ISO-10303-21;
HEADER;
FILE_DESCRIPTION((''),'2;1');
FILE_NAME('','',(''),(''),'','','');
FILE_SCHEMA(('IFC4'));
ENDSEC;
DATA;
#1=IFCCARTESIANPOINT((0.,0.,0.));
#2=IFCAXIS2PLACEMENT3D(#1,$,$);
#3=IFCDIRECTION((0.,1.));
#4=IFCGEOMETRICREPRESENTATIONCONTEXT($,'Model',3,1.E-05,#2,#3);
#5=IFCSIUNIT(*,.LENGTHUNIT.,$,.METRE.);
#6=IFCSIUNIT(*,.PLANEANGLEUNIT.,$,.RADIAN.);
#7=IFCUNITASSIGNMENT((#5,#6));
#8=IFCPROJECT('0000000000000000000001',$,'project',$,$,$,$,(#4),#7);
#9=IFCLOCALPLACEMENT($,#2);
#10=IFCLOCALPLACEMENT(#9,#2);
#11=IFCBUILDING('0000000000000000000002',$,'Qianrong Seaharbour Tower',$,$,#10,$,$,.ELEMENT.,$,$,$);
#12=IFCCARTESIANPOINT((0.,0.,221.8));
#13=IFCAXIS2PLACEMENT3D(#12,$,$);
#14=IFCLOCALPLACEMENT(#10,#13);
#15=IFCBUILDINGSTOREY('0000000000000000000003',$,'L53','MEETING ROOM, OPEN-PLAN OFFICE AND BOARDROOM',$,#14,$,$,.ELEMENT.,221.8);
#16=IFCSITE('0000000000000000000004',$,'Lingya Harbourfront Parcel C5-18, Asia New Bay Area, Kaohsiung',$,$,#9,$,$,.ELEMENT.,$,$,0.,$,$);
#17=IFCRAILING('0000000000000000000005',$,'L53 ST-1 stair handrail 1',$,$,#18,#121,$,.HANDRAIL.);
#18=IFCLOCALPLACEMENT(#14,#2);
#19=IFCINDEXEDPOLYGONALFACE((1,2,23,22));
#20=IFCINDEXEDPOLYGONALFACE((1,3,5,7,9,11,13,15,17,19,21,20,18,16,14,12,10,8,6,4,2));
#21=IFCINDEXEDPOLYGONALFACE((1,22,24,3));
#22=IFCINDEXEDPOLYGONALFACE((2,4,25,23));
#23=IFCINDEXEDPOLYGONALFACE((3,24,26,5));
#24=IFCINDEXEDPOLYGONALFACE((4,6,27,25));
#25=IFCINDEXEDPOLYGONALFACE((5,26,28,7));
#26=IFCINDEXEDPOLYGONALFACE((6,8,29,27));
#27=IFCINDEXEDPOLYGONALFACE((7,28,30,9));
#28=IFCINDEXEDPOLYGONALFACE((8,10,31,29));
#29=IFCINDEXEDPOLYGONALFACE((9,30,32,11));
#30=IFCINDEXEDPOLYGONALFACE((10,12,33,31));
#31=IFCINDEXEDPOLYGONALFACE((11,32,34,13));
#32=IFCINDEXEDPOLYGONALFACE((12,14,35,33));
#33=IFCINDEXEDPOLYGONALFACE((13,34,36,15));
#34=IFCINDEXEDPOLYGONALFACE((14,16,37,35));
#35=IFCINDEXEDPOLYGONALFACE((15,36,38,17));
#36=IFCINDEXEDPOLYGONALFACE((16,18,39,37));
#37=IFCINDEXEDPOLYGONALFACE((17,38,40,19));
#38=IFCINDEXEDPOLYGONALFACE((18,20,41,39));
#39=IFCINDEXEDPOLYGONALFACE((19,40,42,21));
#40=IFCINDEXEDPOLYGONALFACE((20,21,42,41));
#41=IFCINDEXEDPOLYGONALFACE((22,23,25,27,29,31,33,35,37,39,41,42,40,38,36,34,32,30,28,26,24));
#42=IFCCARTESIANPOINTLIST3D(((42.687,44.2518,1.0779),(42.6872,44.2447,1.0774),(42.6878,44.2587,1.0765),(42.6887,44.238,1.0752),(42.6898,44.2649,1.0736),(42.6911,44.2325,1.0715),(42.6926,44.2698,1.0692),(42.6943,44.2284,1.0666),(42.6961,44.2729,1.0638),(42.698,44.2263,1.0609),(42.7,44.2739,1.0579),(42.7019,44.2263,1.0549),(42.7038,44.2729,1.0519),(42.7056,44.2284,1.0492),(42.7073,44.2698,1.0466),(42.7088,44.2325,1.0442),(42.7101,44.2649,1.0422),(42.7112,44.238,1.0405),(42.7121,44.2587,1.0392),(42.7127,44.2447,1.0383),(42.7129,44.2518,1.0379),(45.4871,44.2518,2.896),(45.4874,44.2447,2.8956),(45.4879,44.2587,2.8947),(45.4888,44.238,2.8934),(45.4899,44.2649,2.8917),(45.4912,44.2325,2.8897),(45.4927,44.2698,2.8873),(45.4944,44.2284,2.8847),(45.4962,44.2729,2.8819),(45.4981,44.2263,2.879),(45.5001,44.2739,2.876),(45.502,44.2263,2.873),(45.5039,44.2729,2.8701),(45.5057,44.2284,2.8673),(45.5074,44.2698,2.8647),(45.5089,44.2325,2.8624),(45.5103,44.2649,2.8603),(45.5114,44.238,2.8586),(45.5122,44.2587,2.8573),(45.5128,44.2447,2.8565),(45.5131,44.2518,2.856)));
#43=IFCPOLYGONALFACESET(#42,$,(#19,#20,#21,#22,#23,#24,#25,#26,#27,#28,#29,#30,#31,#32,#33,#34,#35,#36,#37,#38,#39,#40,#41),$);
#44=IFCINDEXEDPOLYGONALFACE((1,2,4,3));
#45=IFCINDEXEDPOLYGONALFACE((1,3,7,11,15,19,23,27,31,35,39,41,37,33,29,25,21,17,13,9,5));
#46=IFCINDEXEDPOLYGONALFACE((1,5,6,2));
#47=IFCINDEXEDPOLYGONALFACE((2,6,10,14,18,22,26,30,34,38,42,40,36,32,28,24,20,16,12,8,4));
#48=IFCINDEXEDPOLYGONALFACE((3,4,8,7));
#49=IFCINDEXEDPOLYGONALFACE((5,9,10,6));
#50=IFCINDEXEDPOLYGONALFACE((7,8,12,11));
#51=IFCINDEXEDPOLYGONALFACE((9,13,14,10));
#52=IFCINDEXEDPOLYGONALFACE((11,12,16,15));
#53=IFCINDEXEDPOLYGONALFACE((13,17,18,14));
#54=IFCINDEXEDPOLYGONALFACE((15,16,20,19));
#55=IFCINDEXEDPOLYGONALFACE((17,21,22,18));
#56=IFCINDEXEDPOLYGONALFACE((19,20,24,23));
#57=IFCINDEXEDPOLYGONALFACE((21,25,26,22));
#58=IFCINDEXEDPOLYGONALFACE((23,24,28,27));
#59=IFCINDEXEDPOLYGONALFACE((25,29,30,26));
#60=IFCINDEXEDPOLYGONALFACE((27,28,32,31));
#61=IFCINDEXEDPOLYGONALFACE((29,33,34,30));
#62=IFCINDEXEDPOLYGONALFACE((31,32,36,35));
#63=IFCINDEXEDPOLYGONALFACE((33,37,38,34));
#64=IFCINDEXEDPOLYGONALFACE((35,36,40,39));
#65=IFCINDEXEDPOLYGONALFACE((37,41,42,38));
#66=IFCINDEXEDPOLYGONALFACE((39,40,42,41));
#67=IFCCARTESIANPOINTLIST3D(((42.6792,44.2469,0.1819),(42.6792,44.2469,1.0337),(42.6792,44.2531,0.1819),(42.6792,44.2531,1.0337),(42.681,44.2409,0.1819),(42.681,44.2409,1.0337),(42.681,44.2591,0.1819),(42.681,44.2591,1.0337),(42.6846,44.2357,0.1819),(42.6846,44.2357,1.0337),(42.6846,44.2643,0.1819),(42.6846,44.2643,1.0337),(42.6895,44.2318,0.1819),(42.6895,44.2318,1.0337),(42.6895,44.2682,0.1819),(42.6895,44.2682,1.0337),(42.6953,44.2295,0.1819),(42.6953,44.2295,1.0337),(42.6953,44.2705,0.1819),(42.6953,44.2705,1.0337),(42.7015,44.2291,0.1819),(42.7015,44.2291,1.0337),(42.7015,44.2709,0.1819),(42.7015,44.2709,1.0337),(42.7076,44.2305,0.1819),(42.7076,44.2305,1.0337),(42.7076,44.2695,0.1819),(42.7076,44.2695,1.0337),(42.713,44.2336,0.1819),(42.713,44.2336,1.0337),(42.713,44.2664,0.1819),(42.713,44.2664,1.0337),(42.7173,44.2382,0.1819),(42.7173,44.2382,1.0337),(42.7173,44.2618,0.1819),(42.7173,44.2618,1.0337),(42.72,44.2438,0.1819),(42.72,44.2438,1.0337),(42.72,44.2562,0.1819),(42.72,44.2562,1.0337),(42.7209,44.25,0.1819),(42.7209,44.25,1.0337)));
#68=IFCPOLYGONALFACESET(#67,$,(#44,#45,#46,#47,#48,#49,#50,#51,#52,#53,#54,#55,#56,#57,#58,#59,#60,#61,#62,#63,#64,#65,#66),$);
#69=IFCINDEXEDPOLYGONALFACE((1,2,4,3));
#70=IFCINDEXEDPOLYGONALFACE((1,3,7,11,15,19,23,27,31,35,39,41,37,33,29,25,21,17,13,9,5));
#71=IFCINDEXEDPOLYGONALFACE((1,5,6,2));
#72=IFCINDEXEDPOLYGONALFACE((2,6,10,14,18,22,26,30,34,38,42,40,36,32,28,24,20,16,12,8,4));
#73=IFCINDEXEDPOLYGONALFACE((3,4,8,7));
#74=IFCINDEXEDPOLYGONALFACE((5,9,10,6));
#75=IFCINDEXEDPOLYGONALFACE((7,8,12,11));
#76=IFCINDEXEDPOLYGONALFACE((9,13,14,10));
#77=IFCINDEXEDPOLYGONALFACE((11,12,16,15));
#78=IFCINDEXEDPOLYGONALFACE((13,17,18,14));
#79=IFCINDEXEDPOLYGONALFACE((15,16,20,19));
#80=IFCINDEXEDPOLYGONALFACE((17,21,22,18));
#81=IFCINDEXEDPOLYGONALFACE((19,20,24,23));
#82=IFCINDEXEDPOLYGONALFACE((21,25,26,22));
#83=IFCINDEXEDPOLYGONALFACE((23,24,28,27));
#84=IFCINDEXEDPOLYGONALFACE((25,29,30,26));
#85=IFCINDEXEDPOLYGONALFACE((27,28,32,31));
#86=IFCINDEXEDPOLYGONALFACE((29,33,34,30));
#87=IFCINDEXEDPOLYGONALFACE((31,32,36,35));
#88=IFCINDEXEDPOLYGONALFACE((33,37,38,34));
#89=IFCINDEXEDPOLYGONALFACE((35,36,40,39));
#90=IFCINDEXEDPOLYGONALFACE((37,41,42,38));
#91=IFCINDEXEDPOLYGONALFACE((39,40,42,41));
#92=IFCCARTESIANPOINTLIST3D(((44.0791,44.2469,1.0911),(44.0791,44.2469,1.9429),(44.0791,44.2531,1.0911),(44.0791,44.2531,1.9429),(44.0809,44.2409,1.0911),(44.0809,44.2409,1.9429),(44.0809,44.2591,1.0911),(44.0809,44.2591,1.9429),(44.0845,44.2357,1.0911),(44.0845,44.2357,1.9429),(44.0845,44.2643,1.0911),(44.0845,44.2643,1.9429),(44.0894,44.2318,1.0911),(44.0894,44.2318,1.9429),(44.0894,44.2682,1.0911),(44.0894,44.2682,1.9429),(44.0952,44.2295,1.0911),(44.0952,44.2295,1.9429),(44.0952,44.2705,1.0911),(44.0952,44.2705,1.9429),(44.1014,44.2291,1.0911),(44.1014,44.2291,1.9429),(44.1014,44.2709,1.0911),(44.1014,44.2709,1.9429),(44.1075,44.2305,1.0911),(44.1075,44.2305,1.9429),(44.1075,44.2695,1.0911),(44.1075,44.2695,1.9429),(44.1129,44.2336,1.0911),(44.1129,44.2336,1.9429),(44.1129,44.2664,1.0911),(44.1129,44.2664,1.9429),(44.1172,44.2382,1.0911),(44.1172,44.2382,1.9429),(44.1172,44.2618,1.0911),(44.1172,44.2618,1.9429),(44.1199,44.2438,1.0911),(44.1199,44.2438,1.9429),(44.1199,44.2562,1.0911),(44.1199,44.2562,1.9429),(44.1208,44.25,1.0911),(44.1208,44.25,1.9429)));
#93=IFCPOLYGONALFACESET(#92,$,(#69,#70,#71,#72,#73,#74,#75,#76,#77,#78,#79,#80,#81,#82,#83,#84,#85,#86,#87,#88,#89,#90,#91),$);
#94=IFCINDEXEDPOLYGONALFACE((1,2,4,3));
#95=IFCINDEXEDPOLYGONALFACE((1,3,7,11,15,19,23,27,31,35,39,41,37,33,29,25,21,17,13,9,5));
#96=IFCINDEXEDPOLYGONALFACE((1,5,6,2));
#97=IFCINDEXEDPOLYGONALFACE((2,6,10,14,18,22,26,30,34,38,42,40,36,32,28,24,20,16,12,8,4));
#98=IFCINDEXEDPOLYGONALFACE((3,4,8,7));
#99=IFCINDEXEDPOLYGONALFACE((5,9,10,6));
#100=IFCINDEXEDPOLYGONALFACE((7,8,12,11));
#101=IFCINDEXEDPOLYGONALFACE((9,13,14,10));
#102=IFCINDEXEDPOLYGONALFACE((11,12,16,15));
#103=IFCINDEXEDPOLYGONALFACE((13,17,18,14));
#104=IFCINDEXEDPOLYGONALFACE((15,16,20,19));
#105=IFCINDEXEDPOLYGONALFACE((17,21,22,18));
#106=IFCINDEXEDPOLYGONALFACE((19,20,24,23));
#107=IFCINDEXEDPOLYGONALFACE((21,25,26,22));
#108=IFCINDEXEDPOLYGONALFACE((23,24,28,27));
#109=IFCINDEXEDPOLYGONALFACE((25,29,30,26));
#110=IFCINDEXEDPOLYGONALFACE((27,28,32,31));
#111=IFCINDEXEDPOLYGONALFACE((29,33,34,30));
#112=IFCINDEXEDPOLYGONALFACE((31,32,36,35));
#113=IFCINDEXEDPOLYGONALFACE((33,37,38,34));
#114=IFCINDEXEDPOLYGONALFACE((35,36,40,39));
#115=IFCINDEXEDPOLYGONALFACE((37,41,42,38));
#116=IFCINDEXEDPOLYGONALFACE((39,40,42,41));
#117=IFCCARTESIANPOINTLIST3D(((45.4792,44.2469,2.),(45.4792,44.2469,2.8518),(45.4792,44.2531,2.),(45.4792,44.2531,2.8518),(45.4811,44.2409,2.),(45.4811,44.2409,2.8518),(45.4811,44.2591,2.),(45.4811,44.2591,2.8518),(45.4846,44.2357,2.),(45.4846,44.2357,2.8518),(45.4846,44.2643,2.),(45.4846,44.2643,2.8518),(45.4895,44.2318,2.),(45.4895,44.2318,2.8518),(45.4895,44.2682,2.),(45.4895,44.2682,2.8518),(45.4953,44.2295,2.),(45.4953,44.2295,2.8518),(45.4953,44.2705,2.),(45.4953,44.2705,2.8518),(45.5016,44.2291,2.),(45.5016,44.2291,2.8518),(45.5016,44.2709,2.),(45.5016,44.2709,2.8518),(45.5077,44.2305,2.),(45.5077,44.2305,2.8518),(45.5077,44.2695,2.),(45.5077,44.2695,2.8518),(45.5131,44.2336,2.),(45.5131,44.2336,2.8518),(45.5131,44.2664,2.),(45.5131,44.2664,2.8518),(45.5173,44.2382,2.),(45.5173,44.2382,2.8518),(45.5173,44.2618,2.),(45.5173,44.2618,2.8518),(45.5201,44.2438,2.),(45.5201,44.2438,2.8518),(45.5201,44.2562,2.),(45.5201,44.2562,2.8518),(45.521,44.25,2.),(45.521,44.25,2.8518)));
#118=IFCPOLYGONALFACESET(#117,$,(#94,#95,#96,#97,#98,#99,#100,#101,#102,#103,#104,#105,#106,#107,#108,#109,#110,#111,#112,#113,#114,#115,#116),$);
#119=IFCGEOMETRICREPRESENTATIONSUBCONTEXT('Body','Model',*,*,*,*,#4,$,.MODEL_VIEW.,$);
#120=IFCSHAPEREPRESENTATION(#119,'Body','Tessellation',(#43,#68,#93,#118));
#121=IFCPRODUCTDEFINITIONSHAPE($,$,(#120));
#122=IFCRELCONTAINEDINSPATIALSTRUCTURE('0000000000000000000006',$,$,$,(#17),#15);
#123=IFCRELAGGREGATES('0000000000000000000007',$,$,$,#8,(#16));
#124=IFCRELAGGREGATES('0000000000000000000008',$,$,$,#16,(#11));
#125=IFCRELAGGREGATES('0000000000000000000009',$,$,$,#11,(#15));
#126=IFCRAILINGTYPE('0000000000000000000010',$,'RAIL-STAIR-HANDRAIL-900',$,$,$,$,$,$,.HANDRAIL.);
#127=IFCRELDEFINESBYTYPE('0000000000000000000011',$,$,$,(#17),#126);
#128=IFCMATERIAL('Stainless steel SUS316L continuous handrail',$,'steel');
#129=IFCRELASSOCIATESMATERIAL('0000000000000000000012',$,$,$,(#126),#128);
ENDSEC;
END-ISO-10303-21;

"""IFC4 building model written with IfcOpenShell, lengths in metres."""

from ifc_helpers import new_model, si_unit, direction, frame, origin, origin_2d, place, context, subcontext, project, spatial, circle, extrude, material, type_object, element, save


model = new_model("IFC4")

# Units and contexts
model_context = context("Model", 3, precision=1e-05, world=origin(), true_north=direction((0.0, 1.0)))
body_context = subcontext(model_context, "Body", "Model", "MODEL_VIEW")
ifc_project = project(units=[si_unit("LENGTHUNIT", "METRE"), si_unit("PLANEANGLEUNIT", "RADIAN")], contexts=[model_context])

# Site, building, storey
site_placement = place(None, origin())
site = spatial("IfcSite", under=ifc_project, at=site_placement, Name="Lingya Harbourfront Parcel C5-18, Asia New Bay Area, Kaohsiung", CompositionType="ELEMENT", RefElevation=0.0)
building_placement = place(site_placement, origin())
building = spatial("IfcBuilding", under=site, at=building_placement, Name="Qianrong Seaharbour Tower", CompositionType="ELEMENT")
storey_placement = place(building_placement, frame((0.0, 0.0, 221.8)))
storey = spatial("IfcBuildingStorey", under=building, at=storey_placement, Name="L53", Description="MEETING ROOM, OPEN-PLAN OFFICE AND BOARDROOM", CompositionType="ELEMENT", Elevation=221.8)

# Railing
ifc_material_1 = material(Name="Stainless steel SUS316L continuous handrail", Category="steel")
railing_type_1 = type_object("IfcRailingType", Name="RAIL-STAIR-HANDRAIL-900", PredefinedType="HANDRAIL", material=ifc_material_1)
railing_1_placement = place(storey_placement, frame((42.7, 44.25, 0.1819)))
element("IfcRailing", 1, at=railing_1_placement, inside=storey, type_object=railing_type_1, Name="L53 ST-1 stair handrail 1", PredefinedType="HANDRAIL", context=body_context, shape_type="SweptSolid", body=[
    extrude(circle(Radius=0.0239, at=origin_2d()), frame((0.0, 0.0, 0.876), z_axis=(0.838706, 0.0, 0.544585), x_axis=(0.0, 1.0, 0.0)), (0.0, 0.0, 1.0), 3.3386),
    extrude(circle(Radius=0.021, at=origin_2d()), origin(), (0.0, 0.0, 1.0), 0.8518),
    extrude(circle(Radius=0.021, at=origin_2d()), frame((1.3999, 0.0, 0.9092)), (0.0, 0.0, 1.0), 0.8518),
    extrude(circle(Radius=0.021, at=origin_2d()), frame((2.8, 0.0, 1.8181)), (0.0, 0.0, 1.0), 0.8518),
])

save(model, "model.ifc")
